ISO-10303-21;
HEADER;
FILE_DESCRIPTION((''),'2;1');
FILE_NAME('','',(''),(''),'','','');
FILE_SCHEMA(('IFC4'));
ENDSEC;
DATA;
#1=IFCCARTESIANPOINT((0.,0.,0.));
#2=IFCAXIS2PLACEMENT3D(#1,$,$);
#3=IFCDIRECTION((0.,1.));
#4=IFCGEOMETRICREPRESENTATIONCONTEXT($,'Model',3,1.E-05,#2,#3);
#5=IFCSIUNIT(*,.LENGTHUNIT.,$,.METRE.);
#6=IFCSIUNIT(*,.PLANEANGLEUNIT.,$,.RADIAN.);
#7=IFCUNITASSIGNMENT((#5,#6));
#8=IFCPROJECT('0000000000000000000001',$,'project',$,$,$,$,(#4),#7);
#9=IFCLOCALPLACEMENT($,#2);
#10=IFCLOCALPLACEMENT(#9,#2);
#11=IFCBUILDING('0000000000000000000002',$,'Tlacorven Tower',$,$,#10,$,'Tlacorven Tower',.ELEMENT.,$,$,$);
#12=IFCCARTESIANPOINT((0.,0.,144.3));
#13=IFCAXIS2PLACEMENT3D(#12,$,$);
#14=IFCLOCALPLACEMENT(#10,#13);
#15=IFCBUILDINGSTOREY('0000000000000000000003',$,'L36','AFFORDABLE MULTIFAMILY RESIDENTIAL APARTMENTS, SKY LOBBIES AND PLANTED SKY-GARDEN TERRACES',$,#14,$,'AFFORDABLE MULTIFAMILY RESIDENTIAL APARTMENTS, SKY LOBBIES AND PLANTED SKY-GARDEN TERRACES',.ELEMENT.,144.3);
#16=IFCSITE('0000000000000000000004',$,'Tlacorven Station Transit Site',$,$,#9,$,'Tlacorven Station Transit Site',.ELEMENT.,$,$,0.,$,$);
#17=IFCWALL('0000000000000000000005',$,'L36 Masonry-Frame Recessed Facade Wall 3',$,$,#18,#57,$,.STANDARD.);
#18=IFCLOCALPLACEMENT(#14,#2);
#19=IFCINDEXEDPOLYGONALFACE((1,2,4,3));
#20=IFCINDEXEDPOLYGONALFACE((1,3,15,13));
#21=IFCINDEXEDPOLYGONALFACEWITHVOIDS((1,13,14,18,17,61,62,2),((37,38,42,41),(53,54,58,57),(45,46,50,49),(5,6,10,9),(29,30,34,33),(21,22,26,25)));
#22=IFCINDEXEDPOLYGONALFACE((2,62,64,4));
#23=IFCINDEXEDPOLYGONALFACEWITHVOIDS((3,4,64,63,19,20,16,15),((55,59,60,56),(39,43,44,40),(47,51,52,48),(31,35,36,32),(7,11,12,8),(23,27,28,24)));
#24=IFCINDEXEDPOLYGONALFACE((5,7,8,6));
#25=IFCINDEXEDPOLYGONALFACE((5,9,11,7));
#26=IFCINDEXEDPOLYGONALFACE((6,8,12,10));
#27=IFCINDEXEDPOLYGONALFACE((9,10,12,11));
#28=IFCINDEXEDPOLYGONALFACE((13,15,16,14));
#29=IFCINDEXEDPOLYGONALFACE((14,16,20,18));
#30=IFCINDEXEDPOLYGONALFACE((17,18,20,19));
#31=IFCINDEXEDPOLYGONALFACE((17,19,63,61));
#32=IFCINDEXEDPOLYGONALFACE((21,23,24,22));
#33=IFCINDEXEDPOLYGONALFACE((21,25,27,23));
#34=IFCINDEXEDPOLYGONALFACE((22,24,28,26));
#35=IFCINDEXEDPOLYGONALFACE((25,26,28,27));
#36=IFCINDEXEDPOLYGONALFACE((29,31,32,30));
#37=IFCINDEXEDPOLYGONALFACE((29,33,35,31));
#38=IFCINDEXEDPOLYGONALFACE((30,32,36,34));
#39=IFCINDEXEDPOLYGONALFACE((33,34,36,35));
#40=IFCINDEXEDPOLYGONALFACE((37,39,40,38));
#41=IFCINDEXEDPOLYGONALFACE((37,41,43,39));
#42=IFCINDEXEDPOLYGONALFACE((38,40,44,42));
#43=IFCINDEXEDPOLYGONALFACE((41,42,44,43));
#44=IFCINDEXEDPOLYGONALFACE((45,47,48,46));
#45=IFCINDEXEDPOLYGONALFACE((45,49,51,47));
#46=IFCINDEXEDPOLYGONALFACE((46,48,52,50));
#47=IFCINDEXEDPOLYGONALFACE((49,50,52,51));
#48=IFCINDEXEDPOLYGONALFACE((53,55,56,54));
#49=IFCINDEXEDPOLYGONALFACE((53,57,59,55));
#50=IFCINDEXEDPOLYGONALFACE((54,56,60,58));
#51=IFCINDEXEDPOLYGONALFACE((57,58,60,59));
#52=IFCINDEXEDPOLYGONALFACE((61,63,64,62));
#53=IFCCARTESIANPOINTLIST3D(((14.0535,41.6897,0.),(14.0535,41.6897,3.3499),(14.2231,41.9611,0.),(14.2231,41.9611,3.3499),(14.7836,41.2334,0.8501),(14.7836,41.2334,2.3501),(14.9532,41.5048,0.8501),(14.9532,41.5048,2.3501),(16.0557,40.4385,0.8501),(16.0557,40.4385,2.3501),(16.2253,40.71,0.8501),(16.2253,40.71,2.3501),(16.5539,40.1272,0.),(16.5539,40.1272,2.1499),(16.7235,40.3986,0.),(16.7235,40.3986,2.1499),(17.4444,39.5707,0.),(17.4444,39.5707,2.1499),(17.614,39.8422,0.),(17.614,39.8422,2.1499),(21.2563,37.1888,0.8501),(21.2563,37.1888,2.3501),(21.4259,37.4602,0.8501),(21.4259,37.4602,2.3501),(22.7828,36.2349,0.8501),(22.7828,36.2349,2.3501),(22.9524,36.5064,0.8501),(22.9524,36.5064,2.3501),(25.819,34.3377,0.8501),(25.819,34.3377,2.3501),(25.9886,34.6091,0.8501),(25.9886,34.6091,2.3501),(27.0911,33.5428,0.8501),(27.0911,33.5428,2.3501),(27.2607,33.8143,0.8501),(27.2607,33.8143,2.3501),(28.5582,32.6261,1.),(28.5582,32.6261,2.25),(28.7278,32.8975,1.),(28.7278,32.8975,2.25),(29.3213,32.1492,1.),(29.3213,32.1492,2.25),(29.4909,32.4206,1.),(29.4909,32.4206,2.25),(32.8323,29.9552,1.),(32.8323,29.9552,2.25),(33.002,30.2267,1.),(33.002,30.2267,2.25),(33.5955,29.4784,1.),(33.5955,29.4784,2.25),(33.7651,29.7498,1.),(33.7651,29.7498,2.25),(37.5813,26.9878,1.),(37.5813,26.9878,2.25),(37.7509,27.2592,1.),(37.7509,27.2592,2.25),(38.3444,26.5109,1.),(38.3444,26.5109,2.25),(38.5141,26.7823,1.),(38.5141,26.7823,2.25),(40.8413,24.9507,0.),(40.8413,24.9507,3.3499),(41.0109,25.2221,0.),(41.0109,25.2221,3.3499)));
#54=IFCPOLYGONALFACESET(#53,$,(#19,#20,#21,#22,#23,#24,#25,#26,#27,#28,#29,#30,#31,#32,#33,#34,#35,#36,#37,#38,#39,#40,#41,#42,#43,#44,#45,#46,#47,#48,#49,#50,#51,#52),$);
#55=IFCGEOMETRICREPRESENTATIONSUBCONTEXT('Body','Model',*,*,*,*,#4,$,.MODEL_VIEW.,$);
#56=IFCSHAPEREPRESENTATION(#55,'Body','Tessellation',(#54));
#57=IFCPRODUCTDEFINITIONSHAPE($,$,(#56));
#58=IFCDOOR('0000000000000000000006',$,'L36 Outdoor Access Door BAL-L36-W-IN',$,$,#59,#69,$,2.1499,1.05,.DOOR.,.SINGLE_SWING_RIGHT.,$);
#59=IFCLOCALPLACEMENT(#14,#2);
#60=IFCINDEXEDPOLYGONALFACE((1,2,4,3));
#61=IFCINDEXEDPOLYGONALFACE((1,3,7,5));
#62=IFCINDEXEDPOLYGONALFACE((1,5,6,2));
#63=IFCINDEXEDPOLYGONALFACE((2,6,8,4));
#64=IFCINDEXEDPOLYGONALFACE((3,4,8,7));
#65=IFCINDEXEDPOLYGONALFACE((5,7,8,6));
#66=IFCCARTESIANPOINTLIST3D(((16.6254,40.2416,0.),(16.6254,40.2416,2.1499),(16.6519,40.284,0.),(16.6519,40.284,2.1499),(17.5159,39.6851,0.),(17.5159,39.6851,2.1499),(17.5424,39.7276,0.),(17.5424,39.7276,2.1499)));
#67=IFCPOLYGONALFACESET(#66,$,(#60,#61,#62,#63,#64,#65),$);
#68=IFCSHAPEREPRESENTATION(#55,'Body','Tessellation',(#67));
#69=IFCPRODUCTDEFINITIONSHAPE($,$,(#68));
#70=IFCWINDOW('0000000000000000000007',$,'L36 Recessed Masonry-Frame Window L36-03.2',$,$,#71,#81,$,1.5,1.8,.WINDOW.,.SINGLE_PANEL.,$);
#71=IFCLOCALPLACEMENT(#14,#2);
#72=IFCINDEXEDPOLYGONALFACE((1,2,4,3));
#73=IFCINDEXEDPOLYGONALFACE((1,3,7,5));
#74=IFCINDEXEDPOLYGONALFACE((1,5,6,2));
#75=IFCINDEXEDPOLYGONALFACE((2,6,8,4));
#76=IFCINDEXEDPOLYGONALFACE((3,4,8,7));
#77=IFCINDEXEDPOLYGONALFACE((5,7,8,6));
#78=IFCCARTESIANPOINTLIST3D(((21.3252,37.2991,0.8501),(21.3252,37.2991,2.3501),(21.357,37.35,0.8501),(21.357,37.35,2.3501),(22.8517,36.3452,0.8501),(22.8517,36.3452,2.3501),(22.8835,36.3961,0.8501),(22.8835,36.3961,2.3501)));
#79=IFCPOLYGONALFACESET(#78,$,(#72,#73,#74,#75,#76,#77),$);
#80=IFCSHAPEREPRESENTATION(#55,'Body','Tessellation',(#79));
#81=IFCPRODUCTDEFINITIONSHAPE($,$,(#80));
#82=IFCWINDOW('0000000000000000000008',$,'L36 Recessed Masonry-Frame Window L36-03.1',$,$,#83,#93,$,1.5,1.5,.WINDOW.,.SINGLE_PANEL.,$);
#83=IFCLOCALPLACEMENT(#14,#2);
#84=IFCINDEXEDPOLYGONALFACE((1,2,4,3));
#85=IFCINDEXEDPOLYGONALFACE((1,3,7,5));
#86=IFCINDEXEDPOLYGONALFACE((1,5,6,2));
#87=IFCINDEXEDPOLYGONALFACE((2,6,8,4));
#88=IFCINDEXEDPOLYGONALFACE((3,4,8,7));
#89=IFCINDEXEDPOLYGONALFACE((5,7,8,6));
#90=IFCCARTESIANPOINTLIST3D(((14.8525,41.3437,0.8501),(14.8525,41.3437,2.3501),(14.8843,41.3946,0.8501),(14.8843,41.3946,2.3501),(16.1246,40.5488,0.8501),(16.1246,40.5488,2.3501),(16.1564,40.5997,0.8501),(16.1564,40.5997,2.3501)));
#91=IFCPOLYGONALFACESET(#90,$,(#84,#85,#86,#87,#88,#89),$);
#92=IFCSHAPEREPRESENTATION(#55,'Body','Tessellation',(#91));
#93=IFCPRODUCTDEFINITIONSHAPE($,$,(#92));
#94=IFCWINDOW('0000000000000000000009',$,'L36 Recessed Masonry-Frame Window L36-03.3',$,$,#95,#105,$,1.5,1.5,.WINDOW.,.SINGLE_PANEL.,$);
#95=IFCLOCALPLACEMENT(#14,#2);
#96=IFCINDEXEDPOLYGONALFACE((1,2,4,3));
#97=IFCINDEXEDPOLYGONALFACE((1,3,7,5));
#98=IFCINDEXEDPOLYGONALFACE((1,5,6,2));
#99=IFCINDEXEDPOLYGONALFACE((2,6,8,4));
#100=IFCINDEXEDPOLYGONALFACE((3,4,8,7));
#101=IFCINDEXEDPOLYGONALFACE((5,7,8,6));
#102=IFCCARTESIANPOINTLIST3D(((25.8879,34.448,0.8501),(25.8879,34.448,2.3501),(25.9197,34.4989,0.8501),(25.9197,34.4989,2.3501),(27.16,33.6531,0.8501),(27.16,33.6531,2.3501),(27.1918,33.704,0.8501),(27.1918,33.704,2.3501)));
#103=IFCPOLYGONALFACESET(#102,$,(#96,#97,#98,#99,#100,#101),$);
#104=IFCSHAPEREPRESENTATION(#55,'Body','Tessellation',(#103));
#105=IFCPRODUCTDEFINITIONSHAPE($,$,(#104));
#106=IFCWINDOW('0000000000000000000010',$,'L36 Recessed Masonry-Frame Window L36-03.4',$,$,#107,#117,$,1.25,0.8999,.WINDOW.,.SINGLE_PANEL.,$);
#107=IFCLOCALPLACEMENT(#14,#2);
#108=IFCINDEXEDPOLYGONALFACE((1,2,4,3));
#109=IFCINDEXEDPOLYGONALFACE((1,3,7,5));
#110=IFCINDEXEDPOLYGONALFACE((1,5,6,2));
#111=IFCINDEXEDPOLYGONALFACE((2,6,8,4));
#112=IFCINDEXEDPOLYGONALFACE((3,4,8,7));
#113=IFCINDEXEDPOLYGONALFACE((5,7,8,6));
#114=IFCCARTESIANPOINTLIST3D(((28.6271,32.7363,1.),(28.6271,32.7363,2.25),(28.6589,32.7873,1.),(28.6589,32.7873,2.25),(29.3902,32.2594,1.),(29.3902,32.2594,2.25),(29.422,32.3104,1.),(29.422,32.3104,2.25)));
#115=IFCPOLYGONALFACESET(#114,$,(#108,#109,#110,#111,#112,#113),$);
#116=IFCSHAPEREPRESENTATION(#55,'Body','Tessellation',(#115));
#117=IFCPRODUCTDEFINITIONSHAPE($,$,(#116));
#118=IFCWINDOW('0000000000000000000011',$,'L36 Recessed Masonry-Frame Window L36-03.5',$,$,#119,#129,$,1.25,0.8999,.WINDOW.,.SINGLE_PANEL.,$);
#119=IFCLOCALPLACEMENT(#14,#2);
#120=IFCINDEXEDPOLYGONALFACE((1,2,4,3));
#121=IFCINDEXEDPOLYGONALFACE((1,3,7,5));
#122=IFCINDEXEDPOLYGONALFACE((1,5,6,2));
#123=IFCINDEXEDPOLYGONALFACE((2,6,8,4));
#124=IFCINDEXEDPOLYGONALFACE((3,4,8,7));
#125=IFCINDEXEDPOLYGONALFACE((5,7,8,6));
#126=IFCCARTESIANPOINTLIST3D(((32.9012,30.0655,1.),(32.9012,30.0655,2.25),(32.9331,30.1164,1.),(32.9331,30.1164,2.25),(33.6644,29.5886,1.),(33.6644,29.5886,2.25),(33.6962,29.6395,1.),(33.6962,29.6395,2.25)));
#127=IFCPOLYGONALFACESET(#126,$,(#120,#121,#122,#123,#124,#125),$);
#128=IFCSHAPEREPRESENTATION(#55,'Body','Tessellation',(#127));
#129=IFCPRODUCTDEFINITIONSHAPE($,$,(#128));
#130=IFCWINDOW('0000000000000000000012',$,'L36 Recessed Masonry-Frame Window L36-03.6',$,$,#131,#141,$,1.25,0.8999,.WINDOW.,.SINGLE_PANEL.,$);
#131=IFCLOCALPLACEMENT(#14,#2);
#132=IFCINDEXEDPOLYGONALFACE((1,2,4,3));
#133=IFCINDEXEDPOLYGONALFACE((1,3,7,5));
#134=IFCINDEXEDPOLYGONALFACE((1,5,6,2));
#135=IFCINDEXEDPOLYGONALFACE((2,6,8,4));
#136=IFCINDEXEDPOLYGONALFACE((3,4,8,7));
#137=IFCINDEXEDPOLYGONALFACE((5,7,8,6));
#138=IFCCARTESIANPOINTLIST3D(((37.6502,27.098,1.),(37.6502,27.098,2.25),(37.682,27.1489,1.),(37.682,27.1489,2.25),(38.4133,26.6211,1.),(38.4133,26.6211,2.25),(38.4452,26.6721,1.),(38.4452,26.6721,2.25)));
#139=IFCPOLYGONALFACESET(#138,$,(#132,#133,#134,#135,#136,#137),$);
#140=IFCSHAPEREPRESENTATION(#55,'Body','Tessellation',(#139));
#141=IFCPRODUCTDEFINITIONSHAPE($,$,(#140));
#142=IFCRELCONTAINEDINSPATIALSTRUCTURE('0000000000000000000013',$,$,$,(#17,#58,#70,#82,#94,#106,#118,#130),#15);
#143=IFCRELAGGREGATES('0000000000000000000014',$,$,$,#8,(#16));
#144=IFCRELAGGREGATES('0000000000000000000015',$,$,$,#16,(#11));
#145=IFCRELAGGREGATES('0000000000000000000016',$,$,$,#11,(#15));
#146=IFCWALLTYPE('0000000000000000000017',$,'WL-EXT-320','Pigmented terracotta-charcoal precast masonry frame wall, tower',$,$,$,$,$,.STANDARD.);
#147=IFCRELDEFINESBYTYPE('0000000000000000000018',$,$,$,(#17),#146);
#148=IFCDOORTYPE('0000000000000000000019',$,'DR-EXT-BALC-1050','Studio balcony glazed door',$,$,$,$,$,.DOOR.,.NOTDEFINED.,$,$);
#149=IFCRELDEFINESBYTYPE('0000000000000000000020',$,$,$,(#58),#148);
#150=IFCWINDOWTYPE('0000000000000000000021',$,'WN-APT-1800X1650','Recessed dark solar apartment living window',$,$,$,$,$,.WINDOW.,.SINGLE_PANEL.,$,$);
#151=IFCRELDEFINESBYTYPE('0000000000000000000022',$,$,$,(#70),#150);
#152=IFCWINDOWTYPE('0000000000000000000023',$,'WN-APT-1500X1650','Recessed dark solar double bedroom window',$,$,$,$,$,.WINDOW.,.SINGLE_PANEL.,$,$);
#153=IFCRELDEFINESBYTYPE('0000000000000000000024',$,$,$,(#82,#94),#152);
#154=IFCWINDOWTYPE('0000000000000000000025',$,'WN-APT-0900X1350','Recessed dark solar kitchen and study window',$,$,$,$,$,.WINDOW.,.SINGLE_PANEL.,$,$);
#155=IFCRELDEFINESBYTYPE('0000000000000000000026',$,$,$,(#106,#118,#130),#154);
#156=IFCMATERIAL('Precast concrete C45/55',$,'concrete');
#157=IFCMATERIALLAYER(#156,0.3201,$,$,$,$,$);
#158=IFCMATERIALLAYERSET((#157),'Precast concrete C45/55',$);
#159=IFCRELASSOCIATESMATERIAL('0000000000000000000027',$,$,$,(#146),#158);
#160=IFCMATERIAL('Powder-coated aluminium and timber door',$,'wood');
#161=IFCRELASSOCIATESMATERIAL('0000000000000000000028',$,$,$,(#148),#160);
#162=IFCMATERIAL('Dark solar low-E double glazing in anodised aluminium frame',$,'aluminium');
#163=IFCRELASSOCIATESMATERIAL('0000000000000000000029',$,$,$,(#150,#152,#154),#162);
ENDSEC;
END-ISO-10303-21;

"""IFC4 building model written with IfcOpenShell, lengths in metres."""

from ifc_helpers import new_model, si_unit, direction, frame, frame_2d, origin, place, context, subcontext, project, spatial, rectangle, extrude, source, transform, mapped, material, layer, layer_set, type_object, element, fill, save


model = new_model("IFC4")

# Units and contexts
model_context = context("Model", 3, precision=1e-05, world=origin(), true_north=direction((0.0, 1.0)))
body_context = subcontext(model_context, "Body", "Model", "MODEL_VIEW")
ifc_project = project(units=[si_unit("LENGTHUNIT", "METRE"), si_unit("PLANEANGLEUNIT", "RADIAN")], contexts=[model_context])

# Site, building, storey
site_placement = place(None, origin())
site = spatial("IfcSite", under=ifc_project, at=site_placement, Name="Tlacorven Station Transit Site", LongName="Tlacorven Station Transit Site", CompositionType="ELEMENT", RefElevation=0.0)
building_placement = place(site_placement, origin())
building = spatial("IfcBuilding", under=site, at=building_placement, Name="Tlacorven Tower", LongName="Tlacorven Tower", CompositionType="ELEMENT")
storey_placement = place(building_placement, frame((0.0, 0.0, 144.3)))
storey = spatial("IfcBuildingStorey", under=building, at=storey_placement, Name="L36", Description="AFFORDABLE MULTIFAMILY RESIDENTIAL APARTMENTS, SKY LOBBIES AND PLANTED SKY-GARDEN TERRACES", LongName="AFFORDABLE MULTIFAMILY RESIDENTIAL APARTMENTS, SKY LOBBIES AND PLANTED SKY-GARDEN TERRACES", CompositionType="ELEMENT", Elevation=144.3)

# Wall, openings, door, windows
ifc_material_1 = material(Name="Precast concrete C45/55", Category="concrete")
ifc_layer_1 = layer(ifc_material_1, 0.3201)
ifc_layer_set_1 = layer_set([ifc_layer_1], Name="Precast concrete C45/55")
wall_type_1 = type_object("IfcWallType", Name="WL-EXT-320", Description="Pigmented terracotta-charcoal precast masonry frame wall, tower", PredefinedType="STANDARD", material=ifc_layer_set_1)
wall_1_placement = place(storey_placement, frame((14.1382, 41.8254, 0.0), z_axis=(0.0, 0.0, 1.0), x_axis=(0.848046, -0.529922, 0.0)))
wall_1 = element("IfcWall", 1, at=wall_1_placement, inside=storey, type_object=wall_type_1, Name="L36 Masonry-Frame Recessed Facade Wall 3", PredefinedType="STANDARD", context=body_context, shape_type="SweptSolid", body=[
    extrude(rectangle(XDim=31.5876, YDim=0.3201, at=frame_2d((15.7939, 0.0))), origin(), (0.0, 0.0, 1.0), 3.3499),
])
opening_1_placement = place(wall_1_placement, frame((2.9487, 0.0, 0.0)))
opening_1 = element("IfcOpeningElement", 2, at=opening_1_placement, cuts=wall_1, PredefinedType="OPENING", context=body_context, shape_type="SweptSolid", body=[
    extrude(rectangle(XDim=1.05, YDim=2.1499, at=frame_2d((0.5249, 1.075))), frame((0.0, 0.1699, 0.0), z_axis=(0.0, -1.0, 0.0), x_axis=(1.0, 0.0, 0.0)), (0.0, 0.0, 1.0), 0.3401),
])
opening_2_placement = place(wall_1_placement, frame((0.8611, 0.0, 0.8501)))
opening_2 = element("IfcOpeningElement", 3, at=opening_2_placement, cuts=wall_1, PredefinedType="OPENING", context=body_context, shape_type="SweptSolid", body=[
    extrude(rectangle(XDim=1.5, YDim=1.5, at=frame_2d((0.75, 0.75))), frame((0.0, 0.1699, 0.0), z_axis=(0.0, -1.0, 0.0), x_axis=(1.0, 0.0, 0.0)), (0.0, 0.0, 1.0), 0.3401),
])
opening_3_placement = place(wall_1_placement, frame((8.4937, 0.0, 0.8501)))
opening_3 = element("IfcOpeningElement", 4, at=opening_3_placement, cuts=wall_1, PredefinedType="OPENING", context=body_context, shape_type="SweptSolid", body=[
    extrude(rectangle(XDim=1.8, YDim=1.5, at=frame_2d((0.8999, 0.75))), frame((0.0, 0.1699, 0.0), z_axis=(0.0, -1.0, 0.0), x_axis=(1.0, 0.0, 0.0)), (0.0, 0.0, 1.0), 0.3401),
])
opening_4_placement = place(wall_1_placement, frame((13.8738, 0.0, 0.8501)))
opening_4 = element("IfcOpeningElement", 5, at=opening_4_placement, cuts=wall_1, PredefinedType="OPENING", context=body_context, shape_type="SweptSolid", body=[
    extrude(rectangle(XDim=1.5, YDim=1.5, at=frame_2d((0.75, 0.75))), frame((0.0, 0.1699, 0.0), z_axis=(0.0, -1.0, 0.0), x_axis=(1.0, 0.0, 0.0)), (0.0, 0.0, 1.0), 0.3401),
])
opening_5_placement = place(wall_1_placement, frame((17.1038, 0.0, 1.0)))
opening_5 = element("IfcOpeningElement", 6, at=opening_5_placement, cuts=wall_1, PredefinedType="OPENING", context=body_context, shape_type="SweptSolid", body=[
    extrude(rectangle(XDim=0.8999, YDim=1.25, at=frame_2d((0.45, 0.625))), frame((0.0, 0.1699, 0.0), z_axis=(0.0, -1.0, 0.0), x_axis=(1.0, 0.0, 0.0)), (0.0, 0.0, 1.0), 0.3401),
])
opening_6_placement = place(wall_1_placement, frame((22.1438, 0.0, 1.0)))
opening_6 = element("IfcOpeningElement", 7, at=opening_6_placement, cuts=wall_1, PredefinedType="OPENING", context=body_context, shape_type="SweptSolid", body=[
    extrude(rectangle(XDim=0.8999, YDim=1.25, at=frame_2d((0.45, 0.625))), frame((0.0, 0.1699, 0.0), z_axis=(0.0, -1.0, 0.0), x_axis=(1.0, 0.0, 0.0)), (0.0, 0.0, 1.0), 0.3401),
])
opening_7_placement = place(wall_1_placement, frame((27.7437, 0.0, 1.0)))
opening_7 = element("IfcOpeningElement", 8, at=opening_7_placement, cuts=wall_1, PredefinedType="OPENING", context=body_context, shape_type="SweptSolid", body=[
    extrude(rectangle(XDim=0.8999, YDim=1.25, at=frame_2d((0.45, 0.625))), frame((0.0, 0.1699, 0.0), z_axis=(0.0, -1.0, 0.0), x_axis=(1.0, 0.0, 0.0)), (0.0, 0.0, 1.0), 0.3401),
])
ifc_material_2 = material(Name="Powder-coated aluminium and timber door", Category="wood")
door_type_1 = type_object("IfcDoorType", Name="DR-EXT-BALC-1050", Description="Studio balcony glazed door", OperationType="NOTDEFINED", PredefinedType="DOOR", material=ifc_material_2)
shared_shape_1 = source(origin(), body_context, "Body", "SweptSolid", [
    extrude(rectangle(XDim=1.05, YDim=2.1499, at=frame_2d((0.5249, 1.075))), frame((0.0, 0.0249, 0.0), z_axis=(0.0, -1.0, 0.0), x_axis=(1.0, 0.0, 0.0)), (0.0, 0.0, 1.0), 0.05),
])
door_1_placement = place(opening_1_placement, origin())
door_1 = element("IfcDoor", 9, at=door_1_placement, inside=storey, type_object=door_type_1, Name="L36 Outdoor Access Door BAL-L36-W-IN", OperationType="SINGLE_SWING_RIGHT", OverallHeight=2.1499, OverallWidth=1.05, PredefinedType="DOOR", context=body_context, shape_type="MappedRepresentation", body=[
    mapped(shared_shape_1, transform((0.0, 0.0, 0.0), scale=1.0)),
])
fill(opening_1, door_1)
ifc_material_3 = material(Name="Dark solar low-E double glazing in anodised aluminium frame", Category="aluminium")
window_type_1 = type_object("IfcWindowType", Name="WN-APT-1800X1650", Description="Recessed dark solar apartment living window", PartitioningType="SINGLE_PANEL", PredefinedType="WINDOW", material=ifc_material_3)
shared_shape_2 = source(origin(), body_context, "Body", "SweptSolid", [
    extrude(rectangle(XDim=1.8, YDim=1.5, at=frame_2d((0.8999, 0.75))), frame((0.0, 0.03, 0.0), z_axis=(0.0, -1.0, 0.0), x_axis=(1.0, 0.0, 0.0)), (0.0, 0.0, 1.0), 0.0601),
])
window_1_placement = place(opening_3_placement, origin())
window_1 = element("IfcWindow", 10, at=window_1_placement, inside=storey, type_object=window_type_1, Name="L36 Recessed Masonry-Frame Window L36-03.2", OverallHeight=1.5, OverallWidth=1.8, PartitioningType="SINGLE_PANEL", PredefinedType="WINDOW", context=body_context, shape_type="MappedRepresentation", body=[
    mapped(shared_shape_2, transform((0.0, 0.0, 0.0), scale=1.0)),
])
fill(opening_3, window_1)
window_type_2 = type_object("IfcWindowType", Name="WN-APT-1500X1650", Description="Recessed dark solar double bedroom window", PartitioningType="SINGLE_PANEL", PredefinedType="WINDOW", material=ifc_material_3)
shared_shape_3 = source(origin(), body_context, "Body", "SweptSolid", [
    extrude(rectangle(XDim=1.5, YDim=1.5, at=frame_2d((0.75, 0.75))), frame((0.0, 0.03, 0.0), z_axis=(0.0, -1.0, 0.0), x_axis=(1.0, 0.0, 0.0)), (0.0, 0.0, 1.0), 0.0601),
])
window_2_placement = place(opening_2_placement, origin())
window_2 = element("IfcWindow", 11, at=window_2_placement, inside=storey, type_object=window_type_2, Name="L36 Recessed Masonry-Frame Window L36-03.1", OverallHeight=1.5, OverallWidth=1.5, PartitioningType="SINGLE_PANEL", PredefinedType="WINDOW", context=body_context, shape_type="MappedRepresentation", body=[
    mapped(shared_shape_3, transform((0.0, 0.0, 0.0), scale=1.0)),
])
fill(opening_2, window_2)
window_3_placement = place(opening_4_placement, origin())
window_3 = element("IfcWindow", 12, at=window_3_placement, inside=storey, type_object=window_type_2, Name="L36 Recessed Masonry-Frame Window L36-03.3", OverallHeight=1.5, OverallWidth=1.5, PartitioningType="SINGLE_PANEL", PredefinedType="WINDOW", context=body_context, shape_type="MappedRepresentation", body=[
    mapped(shared_shape_3, transform((0.0, 0.0, 0.0), scale=1.0)),
])
fill(opening_4, window_3)
window_type_3 = type_object("IfcWindowType", Name="WN-APT-0900X1350", Description="Recessed dark solar kitchen and study window", PartitioningType="SINGLE_PANEL", PredefinedType="WINDOW", material=ifc_material_3)
shared_shape_4 = source(origin(), body_context, "Body", "SweptSolid", [
    extrude(rectangle(XDim=0.8999, YDim=1.25, at=frame_2d((0.45, 0.625))), frame((0.0, 0.03, 0.0), z_axis=(0.0, -1.0, 0.0), x_axis=(1.0, 0.0, 0.0)), (0.0, 0.0, 1.0), 0.0601),
])
window_4_placement = place(opening_5_placement, origin())
window_4 = element("IfcWindow", 13, at=window_4_placement, inside=storey, type_object=window_type_3, Name="L36 Recessed Masonry-Frame Window L36-03.4", OverallHeight=1.25, OverallWidth=0.8999, PartitioningType="SINGLE_PANEL", PredefinedType="WINDOW", context=body_context, shape_type="MappedRepresentation", body=[
    mapped(shared_shape_4, transform((0.0, 0.0, 0.0), scale=1.0)),
])
fill(opening_5, window_4)
window_5_placement = place(opening_6_placement, origin())
window_5 = element("IfcWindow", 14, at=window_5_placement, inside=storey, type_object=window_type_3, Name="L36 Recessed Masonry-Frame Window L36-03.5", OverallHeight=1.25, OverallWidth=0.8999, PartitioningType="SINGLE_PANEL", PredefinedType="WINDOW", context=body_context, shape_type="MappedRepresentation", body=[
    mapped(shared_shape_4, transform((0.0, 0.0, 0.0), scale=1.0)),
])
fill(opening_6, window_5)
window_6_placement = place(opening_7_placement, origin())
window_6 = element("IfcWindow", 15, at=window_6_placement, inside=storey, type_object=window_type_3, Name="L36 Recessed Masonry-Frame Window L36-03.6", OverallHeight=1.25, OverallWidth=0.8999, PartitioningType="SINGLE_PANEL", PredefinedType="WINDOW", context=body_context, shape_type="MappedRepresentation", body=[
    mapped(shared_shape_4, transform((0.0, 0.0, 0.0), scale=1.0)),
])
fill(opening_7, window_6)

save(model, "model.ifc")
